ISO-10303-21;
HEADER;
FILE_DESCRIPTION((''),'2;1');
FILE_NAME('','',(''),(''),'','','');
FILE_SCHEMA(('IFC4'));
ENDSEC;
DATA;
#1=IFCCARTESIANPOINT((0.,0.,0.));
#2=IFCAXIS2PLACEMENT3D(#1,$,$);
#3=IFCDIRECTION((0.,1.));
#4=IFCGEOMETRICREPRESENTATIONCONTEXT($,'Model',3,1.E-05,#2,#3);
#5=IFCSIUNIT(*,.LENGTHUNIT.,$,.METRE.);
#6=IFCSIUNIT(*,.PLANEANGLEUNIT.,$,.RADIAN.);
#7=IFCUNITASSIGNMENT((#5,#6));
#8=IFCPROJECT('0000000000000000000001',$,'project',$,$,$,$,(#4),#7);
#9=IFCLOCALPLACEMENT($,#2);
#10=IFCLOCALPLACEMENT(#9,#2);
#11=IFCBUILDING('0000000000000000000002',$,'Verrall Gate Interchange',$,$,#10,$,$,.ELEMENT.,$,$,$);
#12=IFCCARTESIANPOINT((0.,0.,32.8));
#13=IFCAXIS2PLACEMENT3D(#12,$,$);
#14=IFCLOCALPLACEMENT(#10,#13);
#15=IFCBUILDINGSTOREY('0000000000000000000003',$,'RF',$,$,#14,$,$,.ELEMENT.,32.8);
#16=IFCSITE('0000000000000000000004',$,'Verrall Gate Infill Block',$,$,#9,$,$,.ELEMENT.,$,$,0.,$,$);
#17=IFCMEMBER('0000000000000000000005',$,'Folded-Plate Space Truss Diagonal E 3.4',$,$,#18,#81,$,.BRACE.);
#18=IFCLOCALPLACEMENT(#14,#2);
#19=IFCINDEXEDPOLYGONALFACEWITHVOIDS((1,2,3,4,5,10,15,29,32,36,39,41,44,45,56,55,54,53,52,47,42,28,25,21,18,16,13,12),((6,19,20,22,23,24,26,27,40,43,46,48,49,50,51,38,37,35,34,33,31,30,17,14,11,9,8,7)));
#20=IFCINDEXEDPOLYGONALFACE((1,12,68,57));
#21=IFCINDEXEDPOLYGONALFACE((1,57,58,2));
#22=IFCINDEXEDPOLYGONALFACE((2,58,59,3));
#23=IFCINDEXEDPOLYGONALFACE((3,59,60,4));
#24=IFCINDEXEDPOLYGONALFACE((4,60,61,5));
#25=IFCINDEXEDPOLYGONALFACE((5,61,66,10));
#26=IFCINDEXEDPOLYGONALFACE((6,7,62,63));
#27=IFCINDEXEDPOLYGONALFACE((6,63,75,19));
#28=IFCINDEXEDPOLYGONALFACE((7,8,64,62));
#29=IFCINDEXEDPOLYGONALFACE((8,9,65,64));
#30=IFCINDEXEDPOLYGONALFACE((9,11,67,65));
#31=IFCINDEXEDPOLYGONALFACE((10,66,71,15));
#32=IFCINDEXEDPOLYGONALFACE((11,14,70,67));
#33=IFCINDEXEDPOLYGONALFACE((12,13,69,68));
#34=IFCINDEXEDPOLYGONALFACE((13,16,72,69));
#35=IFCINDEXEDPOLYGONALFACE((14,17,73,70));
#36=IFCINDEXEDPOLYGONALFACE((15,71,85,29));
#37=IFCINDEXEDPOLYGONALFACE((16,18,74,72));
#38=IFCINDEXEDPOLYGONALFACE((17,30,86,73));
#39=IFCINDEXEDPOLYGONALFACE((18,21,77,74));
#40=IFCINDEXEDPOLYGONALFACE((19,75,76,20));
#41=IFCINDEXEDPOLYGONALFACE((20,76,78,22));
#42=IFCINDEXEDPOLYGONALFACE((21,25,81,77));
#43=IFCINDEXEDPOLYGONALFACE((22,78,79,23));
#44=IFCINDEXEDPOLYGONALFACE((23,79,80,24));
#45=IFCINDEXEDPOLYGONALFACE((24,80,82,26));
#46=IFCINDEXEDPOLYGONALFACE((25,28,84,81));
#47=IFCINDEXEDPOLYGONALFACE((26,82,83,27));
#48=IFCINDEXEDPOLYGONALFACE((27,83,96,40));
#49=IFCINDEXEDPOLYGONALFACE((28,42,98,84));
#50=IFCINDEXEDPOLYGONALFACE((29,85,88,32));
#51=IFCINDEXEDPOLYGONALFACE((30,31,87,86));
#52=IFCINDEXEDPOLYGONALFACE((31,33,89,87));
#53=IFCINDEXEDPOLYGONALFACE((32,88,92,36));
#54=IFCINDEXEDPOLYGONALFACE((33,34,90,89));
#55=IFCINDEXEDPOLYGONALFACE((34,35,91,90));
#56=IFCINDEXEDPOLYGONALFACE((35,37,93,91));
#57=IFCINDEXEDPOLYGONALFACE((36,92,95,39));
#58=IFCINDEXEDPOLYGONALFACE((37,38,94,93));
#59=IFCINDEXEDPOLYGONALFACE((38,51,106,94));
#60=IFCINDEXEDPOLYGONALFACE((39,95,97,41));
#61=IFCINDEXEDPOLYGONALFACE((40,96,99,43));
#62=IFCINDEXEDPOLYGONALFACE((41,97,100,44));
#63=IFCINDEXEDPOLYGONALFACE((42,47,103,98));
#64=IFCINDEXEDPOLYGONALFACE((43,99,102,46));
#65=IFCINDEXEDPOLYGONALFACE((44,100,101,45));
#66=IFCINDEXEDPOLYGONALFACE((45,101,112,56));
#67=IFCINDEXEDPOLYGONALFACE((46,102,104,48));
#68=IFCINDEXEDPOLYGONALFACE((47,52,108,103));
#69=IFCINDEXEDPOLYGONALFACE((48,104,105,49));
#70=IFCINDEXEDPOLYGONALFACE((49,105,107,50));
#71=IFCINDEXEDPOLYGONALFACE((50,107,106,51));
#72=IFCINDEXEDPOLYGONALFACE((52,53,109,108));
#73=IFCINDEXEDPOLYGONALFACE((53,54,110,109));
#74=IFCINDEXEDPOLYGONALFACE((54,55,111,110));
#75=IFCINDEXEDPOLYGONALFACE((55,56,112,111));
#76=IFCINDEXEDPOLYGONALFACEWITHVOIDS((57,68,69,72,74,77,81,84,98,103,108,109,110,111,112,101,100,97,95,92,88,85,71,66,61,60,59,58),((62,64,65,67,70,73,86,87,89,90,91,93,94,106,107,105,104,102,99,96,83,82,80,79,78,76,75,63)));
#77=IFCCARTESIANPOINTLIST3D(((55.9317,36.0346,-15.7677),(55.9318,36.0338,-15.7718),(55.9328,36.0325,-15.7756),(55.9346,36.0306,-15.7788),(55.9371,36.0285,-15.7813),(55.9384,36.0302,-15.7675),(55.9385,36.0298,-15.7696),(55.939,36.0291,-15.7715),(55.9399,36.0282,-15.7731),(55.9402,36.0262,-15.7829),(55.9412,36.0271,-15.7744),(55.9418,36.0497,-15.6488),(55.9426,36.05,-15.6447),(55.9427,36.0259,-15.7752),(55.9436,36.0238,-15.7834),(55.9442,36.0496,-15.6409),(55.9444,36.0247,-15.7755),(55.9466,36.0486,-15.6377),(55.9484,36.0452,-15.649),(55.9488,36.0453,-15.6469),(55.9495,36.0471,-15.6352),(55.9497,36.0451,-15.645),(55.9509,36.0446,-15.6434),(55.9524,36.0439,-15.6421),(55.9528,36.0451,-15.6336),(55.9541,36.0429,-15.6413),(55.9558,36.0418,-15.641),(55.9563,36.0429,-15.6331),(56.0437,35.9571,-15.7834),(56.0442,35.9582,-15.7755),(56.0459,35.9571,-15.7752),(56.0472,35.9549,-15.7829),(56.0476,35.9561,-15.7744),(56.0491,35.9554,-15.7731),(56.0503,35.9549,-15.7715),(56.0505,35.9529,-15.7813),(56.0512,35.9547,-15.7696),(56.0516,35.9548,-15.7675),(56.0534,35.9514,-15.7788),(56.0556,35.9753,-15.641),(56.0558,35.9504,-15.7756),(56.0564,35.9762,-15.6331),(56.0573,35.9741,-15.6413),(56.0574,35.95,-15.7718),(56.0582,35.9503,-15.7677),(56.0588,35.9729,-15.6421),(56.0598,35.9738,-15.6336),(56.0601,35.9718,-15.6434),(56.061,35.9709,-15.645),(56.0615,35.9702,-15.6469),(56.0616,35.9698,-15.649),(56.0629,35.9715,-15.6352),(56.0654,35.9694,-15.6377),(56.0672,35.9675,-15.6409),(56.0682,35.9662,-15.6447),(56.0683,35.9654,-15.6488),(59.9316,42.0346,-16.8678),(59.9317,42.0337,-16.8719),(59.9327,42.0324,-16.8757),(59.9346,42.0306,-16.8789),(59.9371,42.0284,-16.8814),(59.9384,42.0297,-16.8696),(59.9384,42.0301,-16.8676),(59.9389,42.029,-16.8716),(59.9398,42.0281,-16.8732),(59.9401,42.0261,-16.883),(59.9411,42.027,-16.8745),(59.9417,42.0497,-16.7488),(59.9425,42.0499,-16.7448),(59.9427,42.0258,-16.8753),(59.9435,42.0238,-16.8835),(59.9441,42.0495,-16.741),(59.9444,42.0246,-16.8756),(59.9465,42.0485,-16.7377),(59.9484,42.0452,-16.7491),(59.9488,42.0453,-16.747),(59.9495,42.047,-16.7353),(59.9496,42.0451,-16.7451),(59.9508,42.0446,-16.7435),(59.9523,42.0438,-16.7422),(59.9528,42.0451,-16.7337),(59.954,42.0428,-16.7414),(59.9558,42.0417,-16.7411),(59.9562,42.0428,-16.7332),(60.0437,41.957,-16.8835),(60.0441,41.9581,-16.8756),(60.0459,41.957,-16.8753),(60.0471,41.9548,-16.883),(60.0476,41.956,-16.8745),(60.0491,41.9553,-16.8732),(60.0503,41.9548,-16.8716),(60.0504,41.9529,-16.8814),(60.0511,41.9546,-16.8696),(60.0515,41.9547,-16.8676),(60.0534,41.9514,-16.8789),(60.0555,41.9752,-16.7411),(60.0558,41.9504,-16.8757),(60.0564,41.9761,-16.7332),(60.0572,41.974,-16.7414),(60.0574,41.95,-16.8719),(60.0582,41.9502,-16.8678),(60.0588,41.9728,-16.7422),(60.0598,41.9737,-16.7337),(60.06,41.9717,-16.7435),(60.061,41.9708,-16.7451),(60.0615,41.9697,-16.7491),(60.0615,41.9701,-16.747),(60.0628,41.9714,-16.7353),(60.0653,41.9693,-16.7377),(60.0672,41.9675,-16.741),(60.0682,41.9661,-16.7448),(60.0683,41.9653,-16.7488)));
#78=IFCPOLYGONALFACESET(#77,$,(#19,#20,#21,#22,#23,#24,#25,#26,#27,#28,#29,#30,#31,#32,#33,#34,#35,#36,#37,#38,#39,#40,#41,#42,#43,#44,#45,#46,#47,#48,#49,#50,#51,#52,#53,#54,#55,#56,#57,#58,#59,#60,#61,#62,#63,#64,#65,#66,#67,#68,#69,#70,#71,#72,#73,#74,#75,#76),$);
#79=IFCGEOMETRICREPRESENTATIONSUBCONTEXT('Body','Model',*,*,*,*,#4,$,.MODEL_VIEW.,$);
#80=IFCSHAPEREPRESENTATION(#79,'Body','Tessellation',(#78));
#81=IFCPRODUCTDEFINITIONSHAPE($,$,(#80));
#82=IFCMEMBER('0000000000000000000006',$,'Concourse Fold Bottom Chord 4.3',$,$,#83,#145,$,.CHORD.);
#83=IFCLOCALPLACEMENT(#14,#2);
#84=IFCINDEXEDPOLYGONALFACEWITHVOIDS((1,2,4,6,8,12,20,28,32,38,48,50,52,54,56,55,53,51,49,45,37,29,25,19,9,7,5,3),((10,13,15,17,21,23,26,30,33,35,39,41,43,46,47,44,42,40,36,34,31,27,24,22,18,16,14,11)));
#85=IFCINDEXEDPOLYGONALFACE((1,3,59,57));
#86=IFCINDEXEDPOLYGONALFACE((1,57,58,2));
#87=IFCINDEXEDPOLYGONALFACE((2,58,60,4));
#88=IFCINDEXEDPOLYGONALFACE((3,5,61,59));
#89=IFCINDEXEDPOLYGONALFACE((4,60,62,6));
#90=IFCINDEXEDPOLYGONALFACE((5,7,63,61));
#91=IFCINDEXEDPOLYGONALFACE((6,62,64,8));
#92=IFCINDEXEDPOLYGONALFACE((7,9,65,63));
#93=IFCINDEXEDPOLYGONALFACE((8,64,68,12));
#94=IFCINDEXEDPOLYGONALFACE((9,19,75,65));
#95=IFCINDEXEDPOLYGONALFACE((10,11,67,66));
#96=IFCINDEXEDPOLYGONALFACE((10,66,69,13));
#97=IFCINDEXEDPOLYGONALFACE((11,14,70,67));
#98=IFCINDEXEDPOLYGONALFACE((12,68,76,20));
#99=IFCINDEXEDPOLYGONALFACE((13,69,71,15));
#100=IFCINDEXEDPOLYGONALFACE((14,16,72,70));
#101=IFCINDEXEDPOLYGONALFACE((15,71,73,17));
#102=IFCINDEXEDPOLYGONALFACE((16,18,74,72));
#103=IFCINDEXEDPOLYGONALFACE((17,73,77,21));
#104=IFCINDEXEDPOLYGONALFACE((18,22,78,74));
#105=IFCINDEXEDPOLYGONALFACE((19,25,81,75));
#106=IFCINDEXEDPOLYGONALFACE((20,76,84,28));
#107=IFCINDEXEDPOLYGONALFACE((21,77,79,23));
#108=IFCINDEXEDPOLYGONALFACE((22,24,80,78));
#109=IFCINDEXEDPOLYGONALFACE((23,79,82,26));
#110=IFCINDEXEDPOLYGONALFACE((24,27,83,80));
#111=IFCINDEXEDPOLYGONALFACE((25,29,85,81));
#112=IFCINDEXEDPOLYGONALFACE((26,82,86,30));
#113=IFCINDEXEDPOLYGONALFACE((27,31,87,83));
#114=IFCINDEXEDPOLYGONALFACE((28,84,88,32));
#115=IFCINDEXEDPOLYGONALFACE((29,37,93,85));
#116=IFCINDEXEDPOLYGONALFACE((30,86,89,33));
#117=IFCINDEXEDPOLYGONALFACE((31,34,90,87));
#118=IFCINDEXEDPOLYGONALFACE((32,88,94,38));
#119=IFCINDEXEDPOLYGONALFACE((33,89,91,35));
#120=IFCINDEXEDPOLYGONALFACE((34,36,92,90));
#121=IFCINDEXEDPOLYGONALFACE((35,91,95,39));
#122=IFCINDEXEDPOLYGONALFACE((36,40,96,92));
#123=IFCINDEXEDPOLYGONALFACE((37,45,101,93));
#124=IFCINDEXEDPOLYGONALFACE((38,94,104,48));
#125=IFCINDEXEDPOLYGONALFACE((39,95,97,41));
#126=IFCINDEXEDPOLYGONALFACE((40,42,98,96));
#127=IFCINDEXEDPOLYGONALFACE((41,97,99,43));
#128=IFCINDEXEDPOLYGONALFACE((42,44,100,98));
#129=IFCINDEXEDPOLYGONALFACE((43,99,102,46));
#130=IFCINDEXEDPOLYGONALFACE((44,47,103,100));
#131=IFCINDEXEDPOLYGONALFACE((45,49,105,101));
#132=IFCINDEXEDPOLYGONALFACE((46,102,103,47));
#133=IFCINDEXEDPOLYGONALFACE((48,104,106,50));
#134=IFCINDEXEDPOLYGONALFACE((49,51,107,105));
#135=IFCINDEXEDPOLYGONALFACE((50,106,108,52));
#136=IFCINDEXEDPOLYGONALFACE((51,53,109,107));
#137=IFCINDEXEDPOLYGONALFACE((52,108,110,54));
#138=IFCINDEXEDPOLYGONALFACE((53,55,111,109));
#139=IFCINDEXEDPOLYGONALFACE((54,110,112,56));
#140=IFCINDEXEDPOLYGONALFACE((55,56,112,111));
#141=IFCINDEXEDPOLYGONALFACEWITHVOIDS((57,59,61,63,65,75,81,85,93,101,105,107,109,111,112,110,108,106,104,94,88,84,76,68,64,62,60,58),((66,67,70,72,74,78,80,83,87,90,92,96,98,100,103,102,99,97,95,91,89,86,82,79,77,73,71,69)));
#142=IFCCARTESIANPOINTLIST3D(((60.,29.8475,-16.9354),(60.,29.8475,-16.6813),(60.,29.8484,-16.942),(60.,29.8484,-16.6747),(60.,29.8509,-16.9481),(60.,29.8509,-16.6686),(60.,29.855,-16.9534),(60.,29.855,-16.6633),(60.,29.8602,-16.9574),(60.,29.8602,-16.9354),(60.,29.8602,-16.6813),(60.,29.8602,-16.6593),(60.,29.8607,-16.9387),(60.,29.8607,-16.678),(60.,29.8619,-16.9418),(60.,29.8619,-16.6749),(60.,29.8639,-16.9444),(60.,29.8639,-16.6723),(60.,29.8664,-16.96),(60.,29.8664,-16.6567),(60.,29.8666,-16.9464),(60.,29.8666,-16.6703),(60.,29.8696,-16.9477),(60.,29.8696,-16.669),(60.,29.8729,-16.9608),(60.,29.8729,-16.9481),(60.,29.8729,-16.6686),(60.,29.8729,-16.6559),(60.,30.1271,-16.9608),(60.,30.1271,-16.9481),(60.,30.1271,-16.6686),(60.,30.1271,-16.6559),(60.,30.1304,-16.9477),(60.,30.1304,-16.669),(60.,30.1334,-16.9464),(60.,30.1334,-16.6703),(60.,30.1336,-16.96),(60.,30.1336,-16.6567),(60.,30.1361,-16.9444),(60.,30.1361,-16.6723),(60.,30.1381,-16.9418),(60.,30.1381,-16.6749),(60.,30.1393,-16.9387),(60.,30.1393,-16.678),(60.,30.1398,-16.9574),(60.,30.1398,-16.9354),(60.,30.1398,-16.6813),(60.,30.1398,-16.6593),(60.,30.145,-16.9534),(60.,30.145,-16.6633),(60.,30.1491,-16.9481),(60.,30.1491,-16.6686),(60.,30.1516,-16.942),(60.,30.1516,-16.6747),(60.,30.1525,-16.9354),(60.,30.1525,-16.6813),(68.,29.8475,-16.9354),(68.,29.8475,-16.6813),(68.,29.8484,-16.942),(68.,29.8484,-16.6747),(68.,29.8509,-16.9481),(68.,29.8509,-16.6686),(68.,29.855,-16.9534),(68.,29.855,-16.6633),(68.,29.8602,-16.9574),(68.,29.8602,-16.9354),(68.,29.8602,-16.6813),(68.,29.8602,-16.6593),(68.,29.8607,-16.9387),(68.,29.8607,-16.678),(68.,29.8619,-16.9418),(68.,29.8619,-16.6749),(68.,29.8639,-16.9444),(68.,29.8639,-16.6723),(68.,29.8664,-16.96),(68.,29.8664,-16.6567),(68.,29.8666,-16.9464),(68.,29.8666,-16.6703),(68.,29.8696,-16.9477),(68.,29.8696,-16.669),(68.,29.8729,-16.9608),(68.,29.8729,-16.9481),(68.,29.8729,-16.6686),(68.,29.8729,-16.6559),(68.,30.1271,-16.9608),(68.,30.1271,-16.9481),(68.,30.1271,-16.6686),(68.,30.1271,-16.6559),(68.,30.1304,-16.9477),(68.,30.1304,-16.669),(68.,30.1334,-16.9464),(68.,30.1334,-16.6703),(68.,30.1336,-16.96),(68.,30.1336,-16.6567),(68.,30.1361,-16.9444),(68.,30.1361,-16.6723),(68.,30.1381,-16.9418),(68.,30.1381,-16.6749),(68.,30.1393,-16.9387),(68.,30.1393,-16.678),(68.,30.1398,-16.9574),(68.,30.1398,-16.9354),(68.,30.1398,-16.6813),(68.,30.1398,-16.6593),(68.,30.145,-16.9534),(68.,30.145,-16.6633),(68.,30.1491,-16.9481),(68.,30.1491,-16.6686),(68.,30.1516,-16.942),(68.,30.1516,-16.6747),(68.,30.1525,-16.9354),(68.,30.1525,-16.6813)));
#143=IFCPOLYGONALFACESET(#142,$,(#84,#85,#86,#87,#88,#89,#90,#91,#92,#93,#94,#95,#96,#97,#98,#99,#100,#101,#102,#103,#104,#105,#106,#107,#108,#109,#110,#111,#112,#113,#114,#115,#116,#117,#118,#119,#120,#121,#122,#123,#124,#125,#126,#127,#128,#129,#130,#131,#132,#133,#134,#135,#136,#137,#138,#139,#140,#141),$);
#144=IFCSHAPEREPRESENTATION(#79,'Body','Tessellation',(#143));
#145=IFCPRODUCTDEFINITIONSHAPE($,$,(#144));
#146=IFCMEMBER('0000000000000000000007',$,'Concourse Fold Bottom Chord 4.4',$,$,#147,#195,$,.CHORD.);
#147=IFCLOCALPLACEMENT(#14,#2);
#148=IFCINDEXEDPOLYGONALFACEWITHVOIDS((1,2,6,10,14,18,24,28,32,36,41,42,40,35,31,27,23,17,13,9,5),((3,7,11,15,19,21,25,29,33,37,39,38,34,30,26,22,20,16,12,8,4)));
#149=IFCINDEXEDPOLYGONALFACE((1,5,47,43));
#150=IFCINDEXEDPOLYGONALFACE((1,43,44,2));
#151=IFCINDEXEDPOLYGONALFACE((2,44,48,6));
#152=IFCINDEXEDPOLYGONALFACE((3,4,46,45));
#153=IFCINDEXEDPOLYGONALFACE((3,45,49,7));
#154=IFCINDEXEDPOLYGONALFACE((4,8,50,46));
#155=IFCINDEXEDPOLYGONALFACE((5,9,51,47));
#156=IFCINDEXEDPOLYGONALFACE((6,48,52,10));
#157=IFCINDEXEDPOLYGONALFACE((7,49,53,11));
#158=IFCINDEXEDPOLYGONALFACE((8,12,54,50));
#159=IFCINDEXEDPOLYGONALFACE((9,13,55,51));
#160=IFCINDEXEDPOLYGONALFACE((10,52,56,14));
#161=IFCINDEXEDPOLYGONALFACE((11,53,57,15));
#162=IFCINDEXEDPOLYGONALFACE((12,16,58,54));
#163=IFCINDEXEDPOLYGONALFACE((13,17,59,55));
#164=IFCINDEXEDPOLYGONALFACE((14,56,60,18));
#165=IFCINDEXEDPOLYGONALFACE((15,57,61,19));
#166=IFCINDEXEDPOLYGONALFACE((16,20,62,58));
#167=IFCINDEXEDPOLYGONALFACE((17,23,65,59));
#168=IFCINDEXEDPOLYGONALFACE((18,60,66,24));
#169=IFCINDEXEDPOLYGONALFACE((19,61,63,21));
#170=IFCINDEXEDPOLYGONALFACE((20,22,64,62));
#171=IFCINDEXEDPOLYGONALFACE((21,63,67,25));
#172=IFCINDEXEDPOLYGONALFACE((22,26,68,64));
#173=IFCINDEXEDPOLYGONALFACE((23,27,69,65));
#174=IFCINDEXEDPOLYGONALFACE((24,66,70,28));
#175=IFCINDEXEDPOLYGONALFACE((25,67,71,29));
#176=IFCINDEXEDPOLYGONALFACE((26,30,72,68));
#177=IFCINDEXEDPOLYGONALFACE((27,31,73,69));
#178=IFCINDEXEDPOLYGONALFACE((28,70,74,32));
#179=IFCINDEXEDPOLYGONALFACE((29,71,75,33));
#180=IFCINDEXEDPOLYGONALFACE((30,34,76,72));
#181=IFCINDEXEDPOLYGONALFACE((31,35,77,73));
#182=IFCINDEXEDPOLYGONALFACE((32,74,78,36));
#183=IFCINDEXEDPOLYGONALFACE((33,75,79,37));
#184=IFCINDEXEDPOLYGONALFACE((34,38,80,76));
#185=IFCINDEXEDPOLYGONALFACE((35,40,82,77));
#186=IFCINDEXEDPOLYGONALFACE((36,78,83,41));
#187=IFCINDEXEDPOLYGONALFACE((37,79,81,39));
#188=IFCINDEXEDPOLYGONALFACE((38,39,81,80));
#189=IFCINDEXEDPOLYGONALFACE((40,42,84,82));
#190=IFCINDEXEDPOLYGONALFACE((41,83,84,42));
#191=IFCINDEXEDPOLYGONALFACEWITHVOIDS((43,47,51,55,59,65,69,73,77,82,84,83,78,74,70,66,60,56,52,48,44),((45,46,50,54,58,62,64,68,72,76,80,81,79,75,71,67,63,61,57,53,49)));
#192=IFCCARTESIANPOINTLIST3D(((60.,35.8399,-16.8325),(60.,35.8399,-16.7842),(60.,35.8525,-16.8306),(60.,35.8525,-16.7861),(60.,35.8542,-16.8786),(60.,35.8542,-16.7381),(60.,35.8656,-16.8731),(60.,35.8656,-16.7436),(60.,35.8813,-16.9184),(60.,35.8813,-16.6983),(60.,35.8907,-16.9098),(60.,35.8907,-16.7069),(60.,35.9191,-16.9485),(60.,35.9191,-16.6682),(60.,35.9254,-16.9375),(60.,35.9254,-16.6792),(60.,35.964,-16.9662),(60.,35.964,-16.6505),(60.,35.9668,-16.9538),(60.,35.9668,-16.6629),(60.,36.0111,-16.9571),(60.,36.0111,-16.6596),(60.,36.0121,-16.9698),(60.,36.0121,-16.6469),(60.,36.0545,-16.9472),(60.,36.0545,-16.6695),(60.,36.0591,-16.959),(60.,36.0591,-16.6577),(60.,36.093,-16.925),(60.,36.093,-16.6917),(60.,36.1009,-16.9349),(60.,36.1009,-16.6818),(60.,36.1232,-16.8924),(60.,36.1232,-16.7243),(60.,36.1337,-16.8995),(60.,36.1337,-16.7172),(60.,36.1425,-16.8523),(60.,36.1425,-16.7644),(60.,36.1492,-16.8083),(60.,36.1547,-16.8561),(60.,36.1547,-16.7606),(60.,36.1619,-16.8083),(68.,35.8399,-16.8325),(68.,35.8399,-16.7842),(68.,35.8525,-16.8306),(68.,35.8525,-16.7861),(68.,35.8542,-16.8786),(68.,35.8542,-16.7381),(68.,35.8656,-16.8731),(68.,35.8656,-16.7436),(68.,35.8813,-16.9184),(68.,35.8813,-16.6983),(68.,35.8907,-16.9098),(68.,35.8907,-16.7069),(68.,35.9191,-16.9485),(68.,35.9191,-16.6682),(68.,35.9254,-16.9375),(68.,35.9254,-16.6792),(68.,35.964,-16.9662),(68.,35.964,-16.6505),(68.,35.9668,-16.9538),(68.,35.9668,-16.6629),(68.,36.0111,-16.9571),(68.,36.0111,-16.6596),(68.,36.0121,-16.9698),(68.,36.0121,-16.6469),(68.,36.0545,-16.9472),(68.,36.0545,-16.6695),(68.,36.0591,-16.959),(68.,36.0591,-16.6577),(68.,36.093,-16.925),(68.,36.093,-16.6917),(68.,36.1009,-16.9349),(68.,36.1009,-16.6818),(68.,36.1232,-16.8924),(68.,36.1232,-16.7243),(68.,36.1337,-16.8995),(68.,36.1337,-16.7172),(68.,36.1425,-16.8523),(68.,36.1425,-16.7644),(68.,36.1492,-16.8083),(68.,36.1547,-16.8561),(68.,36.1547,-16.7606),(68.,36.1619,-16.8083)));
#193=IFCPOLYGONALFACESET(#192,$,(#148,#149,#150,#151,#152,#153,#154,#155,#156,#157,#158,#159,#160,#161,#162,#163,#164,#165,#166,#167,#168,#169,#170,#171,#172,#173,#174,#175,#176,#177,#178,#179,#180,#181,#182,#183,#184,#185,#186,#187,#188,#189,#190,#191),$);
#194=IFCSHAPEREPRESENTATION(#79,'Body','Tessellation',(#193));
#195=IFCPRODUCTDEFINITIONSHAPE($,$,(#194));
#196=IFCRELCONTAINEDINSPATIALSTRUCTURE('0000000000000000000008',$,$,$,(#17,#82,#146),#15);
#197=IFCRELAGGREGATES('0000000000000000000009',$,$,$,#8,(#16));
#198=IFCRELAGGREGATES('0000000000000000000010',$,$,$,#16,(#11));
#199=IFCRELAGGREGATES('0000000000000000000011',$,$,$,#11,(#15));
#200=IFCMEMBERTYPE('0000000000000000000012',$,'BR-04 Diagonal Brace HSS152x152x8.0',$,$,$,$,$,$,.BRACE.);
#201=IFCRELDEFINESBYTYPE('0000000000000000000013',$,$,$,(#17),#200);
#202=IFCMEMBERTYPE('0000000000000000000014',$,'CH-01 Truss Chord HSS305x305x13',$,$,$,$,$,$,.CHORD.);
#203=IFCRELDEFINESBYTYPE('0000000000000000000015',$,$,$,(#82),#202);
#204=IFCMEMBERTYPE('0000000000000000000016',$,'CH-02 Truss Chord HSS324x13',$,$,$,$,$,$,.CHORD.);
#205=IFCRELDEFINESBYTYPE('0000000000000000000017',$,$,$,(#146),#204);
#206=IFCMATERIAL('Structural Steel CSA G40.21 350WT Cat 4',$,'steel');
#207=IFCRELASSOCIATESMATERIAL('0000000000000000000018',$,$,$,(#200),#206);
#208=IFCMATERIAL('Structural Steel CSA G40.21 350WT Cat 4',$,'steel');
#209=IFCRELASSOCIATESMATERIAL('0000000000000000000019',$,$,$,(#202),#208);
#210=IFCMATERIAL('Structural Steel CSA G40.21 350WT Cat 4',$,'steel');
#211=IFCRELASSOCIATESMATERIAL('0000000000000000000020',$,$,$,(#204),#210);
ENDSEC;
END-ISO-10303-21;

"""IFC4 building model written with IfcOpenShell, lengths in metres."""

from ifc_helpers import new_model, si_unit, direction, frame, origin, origin_2d, place, context, subcontext, project, spatial, hollow_rectangle, hollow_circle, extrude, material, material_profile, profile_set, type_object, element, save


model = new_model("IFC4")

# Units and contexts
model_context = context("Model", 3, precision=1e-05, world=origin(), true_north=direction((0.0, 1.0)))
body_context = subcontext(model_context, "Body", "Model", "MODEL_VIEW")
ifc_project = project(units=[si_unit("LENGTHUNIT", "METRE"), si_unit("PLANEANGLEUNIT", "RADIAN")], contexts=[model_context])

# Site, building, storey
site_placement = place(None, origin())
site = spatial("IfcSite", under=ifc_project, at=site_placement, Name="Verrall Gate Infill Block", CompositionType="ELEMENT", RefElevation=0.0)
building_placement = place(site_placement, origin())
building = spatial("IfcBuilding", under=site, at=building_placement, Name="Verrall Gate Interchange", CompositionType="ELEMENT")
storey_placement = place(building_placement, frame((0.0, 0.0, 32.8)))
storey = spatial("IfcBuildingStorey", under=building, at=storey_placement, Name="RF", CompositionType="ELEMENT", Elevation=32.8)

# Members
ifc_material_1 = material(Name="Structural Steel CSA G40.21 350WT Cat 4", Category="steel")
ifc_material_profile_1 = material_profile(ifc_material_1, hollow_rectangle(XDim=0.1521, YDim=0.1521, WallThickness=0.0081, InnerFilletRadius=0.0081, OuterFilletRadius=0.0159, at=origin_2d()), Name="HSS152x152x8.0")
ifc_profile_set_1 = profile_set([ifc_material_profile_1], Name="Structural Steel CSA G40.21 350WT Cat 4")
member_type_1 = type_object("IfcMemberType", Name="BR-04 Diagonal Brace HSS152x152x8.0", PredefinedType="BRACE", material=ifc_profile_set_1)
for number, where, z_axis, x_axis, name in (
    (1, (56.0, 36.0, -15.7083), (0.548356, 0.822534, -0.150811), (-0.83205, 0.5547, 0.0), "Folded-Plate Space Truss Diagonal E 3.4"),
):
    element("IfcMember", number, at=place(storey_placement, frame(where, z_axis=z_axis, x_axis=x_axis)), inside=storey, type_object=member_type_1, Name=name, PredefinedType="BRACE", context=body_context, shape_type="SweptSolid", body=[
        extrude(hollow_rectangle(XDim=0.1521, YDim=0.1521, WallThickness=0.0081, InnerFilletRadius=0.0081, OuterFilletRadius=0.0159, at=origin_2d()), origin(), (0.0, 0.0, 1.0), 7.2944),
    ])
ifc_material_2 = material(Name="Structural Steel CSA G40.21 350WT Cat 4", Category="steel")
ifc_material_profile_2 = material_profile(ifc_material_2, hollow_rectangle(XDim=0.3049, YDim=0.3049, WallThickness=0.0127, InnerFilletRadius=0.0127, OuterFilletRadius=0.0254, at=origin_2d()), Name="HSS305x305x13")
ifc_profile_set_2 = profile_set([ifc_material_profile_2], Name="Structural Steel CSA G40.21 350WT Cat 4")
member_type_2 = type_object("IfcMemberType", Name="CH-01 Truss Chord HSS305x305x13", PredefinedType="CHORD", material=ifc_profile_set_2)
member_1_placement = place(storey_placement, frame((60.0, 30.0, -16.8083), z_axis=(1.0, 0.0, 0.0), x_axis=(0.0, 1.0, 0.0)))
element("IfcMember", 2, at=member_1_placement, inside=storey, type_object=member_type_2, Name="Concourse Fold Bottom Chord 4.3", PredefinedType="CHORD", context=body_context, shape_type="SweptSolid", body=[
    extrude(hollow_rectangle(XDim=0.3049, YDim=0.3049, WallThickness=0.0127, InnerFilletRadius=0.0127, OuterFilletRadius=0.0254, at=origin_2d()), origin(), (0.0, 0.0, 1.0), 8.0),
])
ifc_material_3 = material(Name="Structural Steel CSA G40.21 350WT Cat 4", Category="steel")
ifc_material_profile_3 = material_profile(ifc_material_3, hollow_circle(Radius=0.1619, WallThickness=0.0127, at=origin_2d()), Name="HSS324x13")
ifc_profile_set_3 = profile_set([ifc_material_profile_3], Name="Structural Steel CSA G40.21 350WT Cat 4")
member_type_3 = type_object("IfcMemberType", Name="CH-02 Truss Chord HSS324x13", PredefinedType="CHORD", material=ifc_profile_set_3)
member_2_placement = place(storey_placement, frame((60.0, 36.0, -16.8083), z_axis=(1.0, 0.0, 0.0), x_axis=(0.0, 1.0, 0.0)))
element("IfcMember", 3, at=member_2_placement, inside=storey, type_object=member_type_3, Name="Concourse Fold Bottom Chord 4.4", PredefinedType="CHORD", context=body_context, shape_type="SweptSolid", body=[
    extrude(hollow_circle(Radius=0.1619, WallThickness=0.0127, at=origin_2d()), origin(), (0.0, 0.0, 1.0), 8.0),
])

save(model, "model.ifc")
